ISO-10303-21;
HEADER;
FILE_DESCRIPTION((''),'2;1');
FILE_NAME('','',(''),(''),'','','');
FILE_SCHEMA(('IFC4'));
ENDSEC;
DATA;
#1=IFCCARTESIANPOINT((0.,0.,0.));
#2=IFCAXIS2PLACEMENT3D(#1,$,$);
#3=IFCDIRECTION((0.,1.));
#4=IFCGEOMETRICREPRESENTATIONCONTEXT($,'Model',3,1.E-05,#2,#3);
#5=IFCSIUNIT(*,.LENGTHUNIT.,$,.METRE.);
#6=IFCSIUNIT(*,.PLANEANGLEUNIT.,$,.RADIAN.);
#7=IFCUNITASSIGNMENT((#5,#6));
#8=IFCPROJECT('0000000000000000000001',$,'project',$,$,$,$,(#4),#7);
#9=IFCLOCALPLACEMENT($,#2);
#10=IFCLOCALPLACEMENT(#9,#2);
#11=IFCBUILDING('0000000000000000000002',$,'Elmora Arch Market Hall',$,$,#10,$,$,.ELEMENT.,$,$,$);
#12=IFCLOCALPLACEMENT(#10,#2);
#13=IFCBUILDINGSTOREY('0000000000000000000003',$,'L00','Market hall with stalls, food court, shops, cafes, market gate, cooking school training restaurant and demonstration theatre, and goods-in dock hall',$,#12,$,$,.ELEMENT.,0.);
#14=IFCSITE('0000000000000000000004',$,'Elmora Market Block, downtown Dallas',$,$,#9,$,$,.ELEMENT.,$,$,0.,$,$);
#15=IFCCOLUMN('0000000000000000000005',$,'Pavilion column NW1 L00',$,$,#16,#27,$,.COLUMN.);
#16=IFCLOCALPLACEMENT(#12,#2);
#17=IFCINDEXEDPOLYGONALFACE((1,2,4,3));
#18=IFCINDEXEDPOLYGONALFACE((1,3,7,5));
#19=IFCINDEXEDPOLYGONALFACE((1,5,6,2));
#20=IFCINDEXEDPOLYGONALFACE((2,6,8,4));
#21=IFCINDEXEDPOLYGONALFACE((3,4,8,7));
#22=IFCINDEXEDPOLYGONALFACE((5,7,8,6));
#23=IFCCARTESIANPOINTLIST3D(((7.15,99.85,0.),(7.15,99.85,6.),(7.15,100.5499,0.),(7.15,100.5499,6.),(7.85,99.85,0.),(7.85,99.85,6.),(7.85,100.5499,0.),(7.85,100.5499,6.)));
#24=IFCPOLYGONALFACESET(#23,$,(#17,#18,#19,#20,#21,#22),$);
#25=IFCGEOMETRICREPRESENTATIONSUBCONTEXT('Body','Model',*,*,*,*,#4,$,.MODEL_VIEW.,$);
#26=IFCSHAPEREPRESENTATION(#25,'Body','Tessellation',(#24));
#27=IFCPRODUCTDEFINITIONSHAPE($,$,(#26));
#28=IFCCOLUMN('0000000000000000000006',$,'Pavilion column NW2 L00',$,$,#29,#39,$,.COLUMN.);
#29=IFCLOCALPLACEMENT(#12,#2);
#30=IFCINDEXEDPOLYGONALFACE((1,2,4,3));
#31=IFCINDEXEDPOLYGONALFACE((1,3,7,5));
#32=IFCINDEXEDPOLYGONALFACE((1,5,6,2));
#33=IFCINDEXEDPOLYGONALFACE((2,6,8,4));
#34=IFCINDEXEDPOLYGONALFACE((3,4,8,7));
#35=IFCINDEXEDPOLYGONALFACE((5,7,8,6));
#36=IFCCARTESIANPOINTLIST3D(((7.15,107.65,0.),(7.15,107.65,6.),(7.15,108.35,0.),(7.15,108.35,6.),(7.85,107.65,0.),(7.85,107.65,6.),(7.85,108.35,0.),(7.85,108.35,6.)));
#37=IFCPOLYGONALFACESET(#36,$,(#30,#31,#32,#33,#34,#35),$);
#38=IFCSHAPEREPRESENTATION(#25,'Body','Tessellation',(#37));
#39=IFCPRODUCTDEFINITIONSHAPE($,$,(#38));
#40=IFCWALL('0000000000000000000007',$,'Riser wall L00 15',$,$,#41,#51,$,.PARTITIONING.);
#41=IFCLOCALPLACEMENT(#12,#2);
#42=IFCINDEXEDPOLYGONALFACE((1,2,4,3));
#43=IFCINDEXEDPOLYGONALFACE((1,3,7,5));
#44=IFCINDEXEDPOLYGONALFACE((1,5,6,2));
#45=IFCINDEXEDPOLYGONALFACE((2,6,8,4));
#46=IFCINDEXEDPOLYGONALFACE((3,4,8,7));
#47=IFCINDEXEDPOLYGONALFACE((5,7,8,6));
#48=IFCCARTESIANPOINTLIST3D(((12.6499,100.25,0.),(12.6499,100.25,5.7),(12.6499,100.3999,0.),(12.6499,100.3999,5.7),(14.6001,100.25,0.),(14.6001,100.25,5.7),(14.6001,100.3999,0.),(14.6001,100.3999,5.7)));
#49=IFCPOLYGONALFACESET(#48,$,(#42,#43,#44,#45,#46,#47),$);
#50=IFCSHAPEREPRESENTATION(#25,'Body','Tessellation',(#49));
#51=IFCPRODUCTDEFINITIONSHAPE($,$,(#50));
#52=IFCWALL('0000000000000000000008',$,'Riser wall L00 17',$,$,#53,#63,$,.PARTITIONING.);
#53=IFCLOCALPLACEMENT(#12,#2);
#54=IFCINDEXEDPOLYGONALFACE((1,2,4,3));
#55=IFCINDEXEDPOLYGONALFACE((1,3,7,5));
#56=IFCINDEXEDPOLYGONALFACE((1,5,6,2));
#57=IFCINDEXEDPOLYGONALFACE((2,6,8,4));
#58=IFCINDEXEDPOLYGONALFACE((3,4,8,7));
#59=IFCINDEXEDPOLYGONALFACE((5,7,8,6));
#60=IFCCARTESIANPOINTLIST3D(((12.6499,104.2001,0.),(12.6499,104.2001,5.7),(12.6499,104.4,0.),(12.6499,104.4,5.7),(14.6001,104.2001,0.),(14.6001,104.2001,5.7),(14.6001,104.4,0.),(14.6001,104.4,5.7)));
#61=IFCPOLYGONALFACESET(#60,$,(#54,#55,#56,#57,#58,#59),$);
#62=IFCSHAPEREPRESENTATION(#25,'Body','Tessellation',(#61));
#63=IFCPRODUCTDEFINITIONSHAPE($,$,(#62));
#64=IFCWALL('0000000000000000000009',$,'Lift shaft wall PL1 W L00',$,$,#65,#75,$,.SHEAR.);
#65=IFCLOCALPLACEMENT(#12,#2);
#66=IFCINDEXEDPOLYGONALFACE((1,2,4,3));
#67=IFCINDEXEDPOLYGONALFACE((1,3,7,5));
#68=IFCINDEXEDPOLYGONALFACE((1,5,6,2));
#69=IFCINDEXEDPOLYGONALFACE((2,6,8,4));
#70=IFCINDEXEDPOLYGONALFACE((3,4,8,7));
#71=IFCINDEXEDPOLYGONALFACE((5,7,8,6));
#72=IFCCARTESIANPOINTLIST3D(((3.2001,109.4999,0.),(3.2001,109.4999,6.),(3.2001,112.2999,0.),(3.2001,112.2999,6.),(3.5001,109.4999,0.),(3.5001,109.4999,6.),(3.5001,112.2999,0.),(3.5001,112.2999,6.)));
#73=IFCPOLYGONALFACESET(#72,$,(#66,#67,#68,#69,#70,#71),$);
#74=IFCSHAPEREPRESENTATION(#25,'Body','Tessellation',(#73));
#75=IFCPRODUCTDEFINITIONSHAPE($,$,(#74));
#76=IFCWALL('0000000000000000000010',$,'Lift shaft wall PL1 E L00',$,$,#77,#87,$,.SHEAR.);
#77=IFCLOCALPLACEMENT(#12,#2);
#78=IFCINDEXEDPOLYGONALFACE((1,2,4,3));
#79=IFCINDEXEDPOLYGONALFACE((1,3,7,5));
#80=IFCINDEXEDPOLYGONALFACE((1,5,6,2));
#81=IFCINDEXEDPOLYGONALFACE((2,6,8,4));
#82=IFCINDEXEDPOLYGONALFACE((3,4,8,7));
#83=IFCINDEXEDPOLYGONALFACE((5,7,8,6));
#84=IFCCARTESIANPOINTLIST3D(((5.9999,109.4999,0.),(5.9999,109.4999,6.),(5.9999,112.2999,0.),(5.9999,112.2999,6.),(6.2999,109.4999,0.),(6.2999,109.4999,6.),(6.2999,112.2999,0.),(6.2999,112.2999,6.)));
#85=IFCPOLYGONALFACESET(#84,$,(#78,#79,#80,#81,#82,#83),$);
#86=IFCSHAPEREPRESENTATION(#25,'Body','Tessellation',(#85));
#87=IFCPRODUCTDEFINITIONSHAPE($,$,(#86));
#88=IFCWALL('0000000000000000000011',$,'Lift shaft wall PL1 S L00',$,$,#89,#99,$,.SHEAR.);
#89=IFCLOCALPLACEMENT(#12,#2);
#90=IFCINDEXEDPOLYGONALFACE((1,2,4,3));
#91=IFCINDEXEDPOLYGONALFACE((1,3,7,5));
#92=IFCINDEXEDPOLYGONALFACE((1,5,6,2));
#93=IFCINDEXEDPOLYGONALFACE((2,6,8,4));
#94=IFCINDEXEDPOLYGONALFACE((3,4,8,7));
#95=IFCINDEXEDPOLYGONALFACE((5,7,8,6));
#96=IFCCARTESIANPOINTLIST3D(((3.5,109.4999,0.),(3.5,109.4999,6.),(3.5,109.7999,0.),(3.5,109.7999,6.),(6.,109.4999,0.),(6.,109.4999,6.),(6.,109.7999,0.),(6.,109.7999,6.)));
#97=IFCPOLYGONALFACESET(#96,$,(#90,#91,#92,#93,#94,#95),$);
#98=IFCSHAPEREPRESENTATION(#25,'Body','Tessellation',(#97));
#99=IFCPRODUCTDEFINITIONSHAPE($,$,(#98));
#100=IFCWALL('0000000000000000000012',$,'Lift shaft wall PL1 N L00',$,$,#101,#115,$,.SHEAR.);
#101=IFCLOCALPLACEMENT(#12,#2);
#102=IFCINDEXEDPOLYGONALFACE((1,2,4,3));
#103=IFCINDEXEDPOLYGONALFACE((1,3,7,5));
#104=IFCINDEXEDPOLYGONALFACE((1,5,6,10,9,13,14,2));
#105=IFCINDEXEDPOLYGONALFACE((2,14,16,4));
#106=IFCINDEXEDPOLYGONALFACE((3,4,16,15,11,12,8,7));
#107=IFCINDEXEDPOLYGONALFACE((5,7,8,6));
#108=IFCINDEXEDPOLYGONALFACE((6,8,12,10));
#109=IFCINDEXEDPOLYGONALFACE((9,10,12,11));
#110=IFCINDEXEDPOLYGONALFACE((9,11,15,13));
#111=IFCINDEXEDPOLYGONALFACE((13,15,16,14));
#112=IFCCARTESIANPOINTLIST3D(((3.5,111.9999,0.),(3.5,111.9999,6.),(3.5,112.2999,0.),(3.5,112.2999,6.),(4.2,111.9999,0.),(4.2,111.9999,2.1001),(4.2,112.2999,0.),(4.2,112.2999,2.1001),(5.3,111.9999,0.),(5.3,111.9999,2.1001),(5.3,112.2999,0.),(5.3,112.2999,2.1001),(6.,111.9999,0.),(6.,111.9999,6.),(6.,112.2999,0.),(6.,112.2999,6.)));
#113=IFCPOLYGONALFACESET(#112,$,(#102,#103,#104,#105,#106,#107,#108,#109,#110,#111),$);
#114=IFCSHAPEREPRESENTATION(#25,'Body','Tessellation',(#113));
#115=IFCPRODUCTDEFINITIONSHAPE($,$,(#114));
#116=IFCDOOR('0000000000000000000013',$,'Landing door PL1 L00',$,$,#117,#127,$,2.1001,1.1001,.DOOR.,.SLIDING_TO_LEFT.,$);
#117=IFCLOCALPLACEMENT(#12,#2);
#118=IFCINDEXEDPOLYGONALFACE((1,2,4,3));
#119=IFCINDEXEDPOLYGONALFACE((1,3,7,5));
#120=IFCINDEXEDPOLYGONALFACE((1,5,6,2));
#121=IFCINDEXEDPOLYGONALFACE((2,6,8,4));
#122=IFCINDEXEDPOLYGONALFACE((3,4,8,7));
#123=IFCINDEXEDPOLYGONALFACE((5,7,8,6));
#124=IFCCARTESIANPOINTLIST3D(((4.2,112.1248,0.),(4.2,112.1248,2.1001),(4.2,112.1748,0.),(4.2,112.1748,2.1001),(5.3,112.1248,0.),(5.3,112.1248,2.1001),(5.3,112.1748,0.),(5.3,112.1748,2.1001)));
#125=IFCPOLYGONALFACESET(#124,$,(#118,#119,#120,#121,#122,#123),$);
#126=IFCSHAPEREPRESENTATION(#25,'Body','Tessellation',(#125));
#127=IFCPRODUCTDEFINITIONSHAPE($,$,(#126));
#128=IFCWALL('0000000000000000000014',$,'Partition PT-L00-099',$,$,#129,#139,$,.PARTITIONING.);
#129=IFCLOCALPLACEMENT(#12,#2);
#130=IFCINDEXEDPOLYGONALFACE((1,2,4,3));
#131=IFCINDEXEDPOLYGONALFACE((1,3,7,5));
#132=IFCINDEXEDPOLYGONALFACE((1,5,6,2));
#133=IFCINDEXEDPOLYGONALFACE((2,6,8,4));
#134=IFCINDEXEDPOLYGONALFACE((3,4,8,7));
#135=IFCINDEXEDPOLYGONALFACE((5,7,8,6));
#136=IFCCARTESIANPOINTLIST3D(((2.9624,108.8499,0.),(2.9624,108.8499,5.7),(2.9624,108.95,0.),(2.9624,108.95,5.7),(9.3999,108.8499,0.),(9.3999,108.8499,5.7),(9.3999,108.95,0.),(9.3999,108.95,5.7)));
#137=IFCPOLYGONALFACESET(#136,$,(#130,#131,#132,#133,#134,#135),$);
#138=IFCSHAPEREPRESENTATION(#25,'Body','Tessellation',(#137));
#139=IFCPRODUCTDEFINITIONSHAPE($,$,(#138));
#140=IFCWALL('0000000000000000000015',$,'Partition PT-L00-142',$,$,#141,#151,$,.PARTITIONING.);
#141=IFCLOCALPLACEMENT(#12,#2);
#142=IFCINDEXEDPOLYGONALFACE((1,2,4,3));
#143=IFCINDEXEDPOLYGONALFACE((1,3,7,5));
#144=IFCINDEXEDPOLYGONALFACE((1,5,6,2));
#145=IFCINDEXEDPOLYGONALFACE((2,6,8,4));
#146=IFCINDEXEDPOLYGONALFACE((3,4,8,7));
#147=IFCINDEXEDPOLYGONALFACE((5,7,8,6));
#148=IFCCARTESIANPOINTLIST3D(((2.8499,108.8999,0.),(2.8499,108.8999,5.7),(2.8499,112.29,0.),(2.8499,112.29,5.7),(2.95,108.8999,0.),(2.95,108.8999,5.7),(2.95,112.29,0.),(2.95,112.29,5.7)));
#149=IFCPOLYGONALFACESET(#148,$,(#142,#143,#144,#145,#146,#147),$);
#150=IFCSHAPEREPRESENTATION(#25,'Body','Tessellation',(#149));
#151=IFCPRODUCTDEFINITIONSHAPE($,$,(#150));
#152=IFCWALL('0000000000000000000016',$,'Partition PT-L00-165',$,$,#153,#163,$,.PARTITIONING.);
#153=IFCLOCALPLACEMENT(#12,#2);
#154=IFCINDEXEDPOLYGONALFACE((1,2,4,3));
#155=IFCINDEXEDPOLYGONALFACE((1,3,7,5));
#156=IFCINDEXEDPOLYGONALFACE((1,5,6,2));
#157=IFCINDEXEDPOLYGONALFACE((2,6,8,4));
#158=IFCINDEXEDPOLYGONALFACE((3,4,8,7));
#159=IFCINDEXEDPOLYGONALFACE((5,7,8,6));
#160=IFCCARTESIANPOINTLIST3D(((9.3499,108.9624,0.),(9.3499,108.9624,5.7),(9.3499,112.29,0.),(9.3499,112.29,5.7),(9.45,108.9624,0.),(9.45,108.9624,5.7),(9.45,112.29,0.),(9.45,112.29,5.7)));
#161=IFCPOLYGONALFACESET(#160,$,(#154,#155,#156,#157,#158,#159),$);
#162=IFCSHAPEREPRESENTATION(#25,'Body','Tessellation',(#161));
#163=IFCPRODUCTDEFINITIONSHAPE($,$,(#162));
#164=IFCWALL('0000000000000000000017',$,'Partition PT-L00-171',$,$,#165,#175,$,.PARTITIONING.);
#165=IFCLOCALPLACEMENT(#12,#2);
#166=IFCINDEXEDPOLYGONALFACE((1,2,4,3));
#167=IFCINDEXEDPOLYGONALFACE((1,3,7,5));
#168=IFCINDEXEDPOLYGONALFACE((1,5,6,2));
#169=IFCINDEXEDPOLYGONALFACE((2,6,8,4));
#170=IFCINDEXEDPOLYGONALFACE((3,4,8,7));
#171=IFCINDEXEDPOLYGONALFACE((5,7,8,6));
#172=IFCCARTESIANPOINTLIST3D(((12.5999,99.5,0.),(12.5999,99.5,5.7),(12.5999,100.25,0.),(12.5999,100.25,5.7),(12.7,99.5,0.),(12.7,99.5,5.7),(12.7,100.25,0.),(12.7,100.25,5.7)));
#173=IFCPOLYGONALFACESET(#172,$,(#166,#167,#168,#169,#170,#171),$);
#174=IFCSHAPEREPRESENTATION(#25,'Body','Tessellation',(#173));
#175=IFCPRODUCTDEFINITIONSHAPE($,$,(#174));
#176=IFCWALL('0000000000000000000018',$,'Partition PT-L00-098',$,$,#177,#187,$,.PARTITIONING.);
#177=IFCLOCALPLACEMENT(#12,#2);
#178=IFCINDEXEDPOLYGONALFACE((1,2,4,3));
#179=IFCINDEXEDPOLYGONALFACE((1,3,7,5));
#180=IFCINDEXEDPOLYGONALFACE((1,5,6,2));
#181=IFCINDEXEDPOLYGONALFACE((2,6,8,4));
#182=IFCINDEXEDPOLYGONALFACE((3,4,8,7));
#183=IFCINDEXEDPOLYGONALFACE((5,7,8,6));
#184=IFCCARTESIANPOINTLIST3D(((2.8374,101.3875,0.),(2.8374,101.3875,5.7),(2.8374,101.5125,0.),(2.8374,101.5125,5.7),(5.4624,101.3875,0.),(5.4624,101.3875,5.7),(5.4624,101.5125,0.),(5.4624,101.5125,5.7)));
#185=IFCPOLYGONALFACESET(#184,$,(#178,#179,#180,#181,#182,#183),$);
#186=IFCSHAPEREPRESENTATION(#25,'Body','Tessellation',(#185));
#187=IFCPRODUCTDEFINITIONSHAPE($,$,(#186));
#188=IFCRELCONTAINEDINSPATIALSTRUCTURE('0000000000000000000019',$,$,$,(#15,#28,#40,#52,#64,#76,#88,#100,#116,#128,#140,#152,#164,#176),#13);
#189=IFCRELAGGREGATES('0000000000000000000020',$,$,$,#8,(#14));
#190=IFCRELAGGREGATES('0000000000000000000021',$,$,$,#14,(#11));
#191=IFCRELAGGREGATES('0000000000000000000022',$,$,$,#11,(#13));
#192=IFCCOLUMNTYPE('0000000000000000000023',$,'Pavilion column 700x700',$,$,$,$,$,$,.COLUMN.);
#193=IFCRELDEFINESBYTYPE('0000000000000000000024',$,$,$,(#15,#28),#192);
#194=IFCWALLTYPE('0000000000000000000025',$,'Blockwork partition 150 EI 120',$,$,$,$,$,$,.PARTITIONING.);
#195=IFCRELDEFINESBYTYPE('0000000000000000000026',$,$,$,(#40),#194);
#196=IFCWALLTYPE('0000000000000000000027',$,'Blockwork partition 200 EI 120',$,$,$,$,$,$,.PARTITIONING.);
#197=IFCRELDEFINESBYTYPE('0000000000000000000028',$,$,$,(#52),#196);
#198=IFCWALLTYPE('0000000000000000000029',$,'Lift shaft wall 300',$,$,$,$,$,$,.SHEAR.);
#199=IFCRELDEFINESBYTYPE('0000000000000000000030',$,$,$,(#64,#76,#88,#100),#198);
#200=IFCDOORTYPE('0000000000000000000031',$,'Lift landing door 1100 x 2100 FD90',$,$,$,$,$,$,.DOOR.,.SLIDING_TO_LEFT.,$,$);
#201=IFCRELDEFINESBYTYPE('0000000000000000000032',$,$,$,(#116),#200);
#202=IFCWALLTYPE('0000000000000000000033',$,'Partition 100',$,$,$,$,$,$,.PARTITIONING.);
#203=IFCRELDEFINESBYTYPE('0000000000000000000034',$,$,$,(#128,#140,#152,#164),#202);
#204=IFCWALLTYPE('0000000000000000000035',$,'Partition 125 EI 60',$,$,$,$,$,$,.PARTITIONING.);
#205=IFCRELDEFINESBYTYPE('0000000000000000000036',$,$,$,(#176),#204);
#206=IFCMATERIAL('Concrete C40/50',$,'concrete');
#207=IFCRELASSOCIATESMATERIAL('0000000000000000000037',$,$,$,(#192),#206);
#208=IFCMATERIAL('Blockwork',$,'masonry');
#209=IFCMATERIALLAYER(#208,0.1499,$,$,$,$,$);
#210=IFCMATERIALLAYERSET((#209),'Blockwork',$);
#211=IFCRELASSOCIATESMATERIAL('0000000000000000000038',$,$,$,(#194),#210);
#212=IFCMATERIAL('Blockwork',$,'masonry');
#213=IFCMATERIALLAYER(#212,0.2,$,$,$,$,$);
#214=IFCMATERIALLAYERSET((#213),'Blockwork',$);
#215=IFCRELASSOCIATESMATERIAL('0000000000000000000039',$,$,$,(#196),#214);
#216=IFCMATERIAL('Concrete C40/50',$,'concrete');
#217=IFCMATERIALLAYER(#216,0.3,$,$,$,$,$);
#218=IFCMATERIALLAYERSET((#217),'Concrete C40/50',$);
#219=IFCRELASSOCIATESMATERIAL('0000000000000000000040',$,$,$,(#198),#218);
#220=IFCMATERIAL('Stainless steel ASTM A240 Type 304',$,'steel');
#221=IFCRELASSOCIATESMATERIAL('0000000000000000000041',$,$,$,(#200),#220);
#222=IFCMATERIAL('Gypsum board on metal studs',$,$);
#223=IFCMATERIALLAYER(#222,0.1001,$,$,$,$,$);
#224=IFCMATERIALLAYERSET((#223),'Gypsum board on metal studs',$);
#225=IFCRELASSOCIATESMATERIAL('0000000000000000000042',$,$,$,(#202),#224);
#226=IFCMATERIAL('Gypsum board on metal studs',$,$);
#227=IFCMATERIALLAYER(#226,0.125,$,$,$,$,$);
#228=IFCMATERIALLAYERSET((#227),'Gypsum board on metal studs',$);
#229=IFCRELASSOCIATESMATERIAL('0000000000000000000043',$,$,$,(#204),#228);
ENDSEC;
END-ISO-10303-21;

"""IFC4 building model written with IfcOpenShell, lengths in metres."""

from ifc_helpers import new_model, si_unit, direction, frame, frame_2d, origin, origin_2d, place, context, subcontext, project, spatial, rectangle, extrude, material, layer, layer_set, material_profile, profile_set, type_object, element, fill, save


model = new_model("IFC4")

# Units and contexts
model_context = context("Model", 3, precision=1e-05, world=origin(), true_north=direction((0.0, 1.0)))
body_context = subcontext(model_context, "Body", "Model", "MODEL_VIEW")
ifc_project = project(units=[si_unit("LENGTHUNIT", "METRE"), si_unit("PLANEANGLEUNIT", "RADIAN")], contexts=[model_context])

# Site, building, storey
site_placement = place(None, origin())
site = spatial("IfcSite", under=ifc_project, at=site_placement, Name="Elmora Market Block, downtown Dallas", CompositionType="ELEMENT", RefElevation=0.0)
building_placement = place(site_placement, origin())
building = spatial("IfcBuilding", under=site, at=building_placement, Name="Elmora Arch Market Hall", CompositionType="ELEMENT")
storey_placement = place(building_placement, origin())
storey = spatial("IfcBuildingStorey", under=building, at=storey_placement, Name="L00", Description="Market hall with stalls, food court, shops, cafes, market gate, cooking school training restaurant and demonstration theatre, and goods-in dock hall", CompositionType="ELEMENT", Elevation=0.0)

# Columns
ifc_material_1 = material(Name="Concrete C40/50", Category="concrete")
ifc_material_profile = material_profile(ifc_material_1, rectangle(XDim=0.7, YDim=0.7, at=origin_2d()), Name="Pavilion column 700x700")
ifc_profile_set = profile_set([ifc_material_profile], Name="Concrete C40/50")
column_type = type_object("IfcColumnType", Name="Pavilion column 700x700", PredefinedType="COLUMN", material=ifc_profile_set)
for number, where, z_axis, x_axis, name in (
    (1, (7.5, 100.2, 0.0), (0.0, 0.0, 1.0), (1.0, 0.0, 0.0), "Pavilion column NW1 L00"),
    (2, (7.5, 108.0, 0.0), (0.0, 0.0, 1.0), (1.0, 0.0, 0.0), "Pavilion column NW2 L00"),
):
    element("IfcColumn", number, at=place(storey_placement, frame(where, z_axis=z_axis, x_axis=x_axis)), inside=storey, type_object=column_type, Name=name, PredefinedType="COLUMN", context=body_context, shape_type="SweptSolid", body=[
        extrude(rectangle(XDim=0.7, YDim=0.7, at=origin_2d()), origin(), (0.0, 0.0, 1.0), 6.0),
    ])

# Walls
ifc_material_2 = material(Name="Blockwork", Category="masonry")
ifc_layer_1 = layer(ifc_material_2, 0.1499)
ifc_layer_set_1 = layer_set([ifc_layer_1], Name="Blockwork")
wall_type_1 = type_object("IfcWallType", Name="Blockwork partition 150 EI 120", PredefinedType="PARTITIONING", material=ifc_layer_set_1)
wall_1_placement = place(storey_placement, frame((12.6499, 100.325, 0.0), z_axis=(0.0, 0.0, 1.0), x_axis=(1.0, 0.0, 0.0)))
element("IfcWall", 3, at=wall_1_placement, inside=storey, type_object=wall_type_1, Name="Riser wall L00 15", PredefinedType="PARTITIONING", context=body_context, shape_type="SweptSolid", body=[
    extrude(rectangle(XDim=1.9502, YDim=0.1499, at=frame_2d((0.9751, 0.0))), origin(), (0.0, 0.0, 1.0), 5.7),
])
ifc_material_3 = material(Name="Blockwork", Category="masonry")
ifc_layer_2 = layer(ifc_material_3, 0.2)
ifc_layer_set_2 = layer_set([ifc_layer_2], Name="Blockwork")
wall_type_2 = type_object("IfcWallType", Name="Blockwork partition 200 EI 120", PredefinedType="PARTITIONING", material=ifc_layer_set_2)
wall_2_placement = place(storey_placement, frame((12.6499, 104.3, 0.0), z_axis=(0.0, 0.0, 1.0), x_axis=(1.0, 0.0, 0.0)))
element("IfcWall", 4, at=wall_2_placement, inside=storey, type_object=wall_type_2, Name="Riser wall L00 17", PredefinedType="PARTITIONING", context=body_context, shape_type="SweptSolid", body=[
    extrude(rectangle(XDim=1.9502, YDim=0.2, at=frame_2d((0.9751, 0.0))), origin(), (0.0, 0.0, 1.0), 5.7),
])
ifc_material_4 = material(Name="Concrete C40/50", Category="concrete")
ifc_layer_3 = layer(ifc_material_4, 0.3)
ifc_layer_set_3 = layer_set([ifc_layer_3], Name="Concrete C40/50")
wall_type_3 = type_object("IfcWallType", Name="Lift shaft wall 300", PredefinedType="SHEAR", material=ifc_layer_set_3)
for number, where, z_axis, x_axis, name in (
    (5, (3.3501, 109.5, 0.0), (0.0, 0.0, 1.0), (0.0, 1.0, 0.0), "Lift shaft wall PL1 W L00"),
    (6, (6.1499, 109.5, 0.0), (0.0, 0.0, 1.0), (0.0, 1.0, 0.0), "Lift shaft wall PL1 E L00"),
):
    element("IfcWall", number, at=place(storey_placement, frame(where, z_axis=z_axis, x_axis=x_axis)), inside=storey, type_object=wall_type_3, Name=name, PredefinedType="SHEAR", context=body_context, shape_type="SweptSolid", body=[
        extrude(rectangle(XDim=2.8, YDim=0.3, at=frame_2d((1.3999, 0.0))), origin(), (0.0, 0.0, 1.0), 6.0),
    ])
wall_3_placement = place(storey_placement, frame((3.5, 109.6499, 0.0), z_axis=(0.0, 0.0, 1.0), x_axis=(1.0, 0.0, 0.0)))
element("IfcWall", 7, at=wall_3_placement, inside=storey, type_object=wall_type_3, Name="Lift shaft wall PL1 S L00", PredefinedType="SHEAR", context=body_context, shape_type="SweptSolid", body=[
    extrude(rectangle(XDim=2.5, YDim=0.3, at=frame_2d((1.25, 0.0))), origin(), (0.0, 0.0, 1.0), 6.0),
])

# Wall, opening, door
wall_4_placement = place(storey_placement, frame((3.5, 112.1499, 0.0), z_axis=(0.0, 0.0, 1.0), x_axis=(1.0, 0.0, 0.0)))
wall_4 = element("IfcWall", 8, at=wall_4_placement, inside=storey, type_object=wall_type_3, Name="Lift shaft wall PL1 N L00", PredefinedType="SHEAR", context=body_context, shape_type="SweptSolid", body=[
    extrude(rectangle(XDim=2.5, YDim=0.3, at=frame_2d((1.25, 0.0))), origin(), (0.0, 0.0, 1.0), 6.0),
])
opening_1_placement = place(wall_4_placement, frame((0.7, 0.0, 0.0)))
opening_1 = element("IfcOpeningElement", 9, at=opening_1_placement, cuts=wall_4, PredefinedType="OPENING", context=body_context, shape_type="SweptSolid", body=[
    extrude(rectangle(XDim=1.1001, YDim=2.1001, at=frame_2d((0.55, 1.05))), frame((0.0, 0.1599, 0.0), z_axis=(0.0, -1.0, 0.0), x_axis=(1.0, 0.0, 0.0)), (0.0, 0.0, 1.0), 0.3201),
])
ifc_material_5 = material(Name="Stainless steel ASTM A240 Type 304", Category="steel")
door_type_1 = type_object("IfcDoorType", Name="Lift landing door 1100 x 2100 FD90", OperationType="SLIDING_TO_LEFT", PredefinedType="DOOR", material=ifc_material_5)
door_1_placement = place(opening_1_placement, origin())
door_1 = element("IfcDoor", 10, at=door_1_placement, inside=storey, type_object=door_type_1, Name="Landing door PL1 L00", OperationType="SLIDING_TO_LEFT", OverallHeight=2.1001, OverallWidth=1.1001, PredefinedType="DOOR", context=body_context, shape_type="SweptSolid", body=[
    extrude(rectangle(XDim=1.1001, YDim=2.1001, at=frame_2d((0.55, 1.05))), frame((0.0, 0.0249, 0.0), z_axis=(0.0, -1.0, 0.0), x_axis=(1.0, 0.0, 0.0)), (0.0, 0.0, 1.0), 0.05),
])
fill(opening_1, door_1)

# Walls
ifc_material_6 = material(Name="Gypsum board on metal studs")
ifc_layer_4 = layer(ifc_material_6, 0.1001)
ifc_layer_set_4 = layer_set([ifc_layer_4], Name="Gypsum board on metal studs")
wall_type_4 = type_object("IfcWallType", Name="Partition 100", PredefinedType="PARTITIONING", material=ifc_layer_set_4)
wall_5_placement = place(storey_placement, frame((2.9624, 108.8999, 0.0), z_axis=(0.0, 0.0, 1.0), x_axis=(1.0, 0.0, 0.0)))
element("IfcWall", 11, at=wall_5_placement, inside=storey, type_object=wall_type_4, Name="Partition PT-L00-099", PredefinedType="PARTITIONING", context=body_context, shape_type="SweptSolid", body=[
    extrude(rectangle(XDim=6.4375, YDim=0.1001, at=frame_2d((3.2188, 0.0))), origin(), (0.0, 0.0, 1.0), 5.7),
])
wall_6_placement = place(storey_placement, frame((2.8999, 108.8999, 0.0), z_axis=(0.0, 0.0, 1.0), x_axis=(0.0, 1.0, 0.0)))
element("IfcWall", 12, at=wall_6_placement, inside=storey, type_object=wall_type_4, Name="Partition PT-L00-142", PredefinedType="PARTITIONING", context=body_context, shape_type="SweptSolid", body=[
    extrude(rectangle(XDim=3.3901, YDim=0.1001, at=frame_2d((1.6951, 0.0))), origin(), (0.0, 0.0, 1.0), 5.7),
])
wall_7_placement = place(storey_placement, frame((9.3999, 108.9624, 0.0), z_axis=(0.0, 0.0, 1.0), x_axis=(0.0, 1.0, 0.0)))
element("IfcWall", 13, at=wall_7_placement, inside=storey, type_object=wall_type_4, Name="Partition PT-L00-165", PredefinedType="PARTITIONING", context=body_context, shape_type="SweptSolid", body=[
    extrude(rectangle(XDim=3.3276, YDim=0.1001, at=frame_2d((1.6638, 0.0))), origin(), (0.0, 0.0, 1.0), 5.7),
])
wall_8_placement = place(storey_placement, frame((12.6499, 99.5, 0.0), z_axis=(0.0, 0.0, 1.0), x_axis=(0.0, 1.0, 0.0)))
element("IfcWall", 14, at=wall_8_placement, inside=storey, type_object=wall_type_4, Name="Partition PT-L00-171", PredefinedType="PARTITIONING", context=body_context, shape_type="SweptSolid", body=[
    extrude(rectangle(XDim=0.75, YDim=0.1001, at=frame_2d((0.375, 0.0))), origin(), (0.0, 0.0, 1.0), 5.7),
])
ifc_material_7 = material(Name="Gypsum board on metal studs")
ifc_layer_5 = layer(ifc_material_7, 0.125)
ifc_layer_set_5 = layer_set([ifc_layer_5], Name="Gypsum board on metal studs")
wall_type_5 = type_object("IfcWallType", Name="Partition 125 EI 60", PredefinedType="PARTITIONING", material=ifc_layer_set_5)
wall_9_placement = place(storey_placement, frame((2.8374, 101.45, 0.0), z_axis=(0.0, 0.0, 1.0), x_axis=(1.0, 0.0, 0.0)))
element("IfcWall", 15, at=wall_9_placement, inside=storey, type_object=wall_type_5, Name="Partition PT-L00-098", PredefinedType="PARTITIONING", context=body_context, shape_type="SweptSolid", body=[
    extrude(rectangle(XDim=2.625, YDim=0.125, at=frame_2d((1.3125, 0.0))), origin(), (0.0, 0.0, 1.0), 5.7),
])

save(model, "model.ifc")
